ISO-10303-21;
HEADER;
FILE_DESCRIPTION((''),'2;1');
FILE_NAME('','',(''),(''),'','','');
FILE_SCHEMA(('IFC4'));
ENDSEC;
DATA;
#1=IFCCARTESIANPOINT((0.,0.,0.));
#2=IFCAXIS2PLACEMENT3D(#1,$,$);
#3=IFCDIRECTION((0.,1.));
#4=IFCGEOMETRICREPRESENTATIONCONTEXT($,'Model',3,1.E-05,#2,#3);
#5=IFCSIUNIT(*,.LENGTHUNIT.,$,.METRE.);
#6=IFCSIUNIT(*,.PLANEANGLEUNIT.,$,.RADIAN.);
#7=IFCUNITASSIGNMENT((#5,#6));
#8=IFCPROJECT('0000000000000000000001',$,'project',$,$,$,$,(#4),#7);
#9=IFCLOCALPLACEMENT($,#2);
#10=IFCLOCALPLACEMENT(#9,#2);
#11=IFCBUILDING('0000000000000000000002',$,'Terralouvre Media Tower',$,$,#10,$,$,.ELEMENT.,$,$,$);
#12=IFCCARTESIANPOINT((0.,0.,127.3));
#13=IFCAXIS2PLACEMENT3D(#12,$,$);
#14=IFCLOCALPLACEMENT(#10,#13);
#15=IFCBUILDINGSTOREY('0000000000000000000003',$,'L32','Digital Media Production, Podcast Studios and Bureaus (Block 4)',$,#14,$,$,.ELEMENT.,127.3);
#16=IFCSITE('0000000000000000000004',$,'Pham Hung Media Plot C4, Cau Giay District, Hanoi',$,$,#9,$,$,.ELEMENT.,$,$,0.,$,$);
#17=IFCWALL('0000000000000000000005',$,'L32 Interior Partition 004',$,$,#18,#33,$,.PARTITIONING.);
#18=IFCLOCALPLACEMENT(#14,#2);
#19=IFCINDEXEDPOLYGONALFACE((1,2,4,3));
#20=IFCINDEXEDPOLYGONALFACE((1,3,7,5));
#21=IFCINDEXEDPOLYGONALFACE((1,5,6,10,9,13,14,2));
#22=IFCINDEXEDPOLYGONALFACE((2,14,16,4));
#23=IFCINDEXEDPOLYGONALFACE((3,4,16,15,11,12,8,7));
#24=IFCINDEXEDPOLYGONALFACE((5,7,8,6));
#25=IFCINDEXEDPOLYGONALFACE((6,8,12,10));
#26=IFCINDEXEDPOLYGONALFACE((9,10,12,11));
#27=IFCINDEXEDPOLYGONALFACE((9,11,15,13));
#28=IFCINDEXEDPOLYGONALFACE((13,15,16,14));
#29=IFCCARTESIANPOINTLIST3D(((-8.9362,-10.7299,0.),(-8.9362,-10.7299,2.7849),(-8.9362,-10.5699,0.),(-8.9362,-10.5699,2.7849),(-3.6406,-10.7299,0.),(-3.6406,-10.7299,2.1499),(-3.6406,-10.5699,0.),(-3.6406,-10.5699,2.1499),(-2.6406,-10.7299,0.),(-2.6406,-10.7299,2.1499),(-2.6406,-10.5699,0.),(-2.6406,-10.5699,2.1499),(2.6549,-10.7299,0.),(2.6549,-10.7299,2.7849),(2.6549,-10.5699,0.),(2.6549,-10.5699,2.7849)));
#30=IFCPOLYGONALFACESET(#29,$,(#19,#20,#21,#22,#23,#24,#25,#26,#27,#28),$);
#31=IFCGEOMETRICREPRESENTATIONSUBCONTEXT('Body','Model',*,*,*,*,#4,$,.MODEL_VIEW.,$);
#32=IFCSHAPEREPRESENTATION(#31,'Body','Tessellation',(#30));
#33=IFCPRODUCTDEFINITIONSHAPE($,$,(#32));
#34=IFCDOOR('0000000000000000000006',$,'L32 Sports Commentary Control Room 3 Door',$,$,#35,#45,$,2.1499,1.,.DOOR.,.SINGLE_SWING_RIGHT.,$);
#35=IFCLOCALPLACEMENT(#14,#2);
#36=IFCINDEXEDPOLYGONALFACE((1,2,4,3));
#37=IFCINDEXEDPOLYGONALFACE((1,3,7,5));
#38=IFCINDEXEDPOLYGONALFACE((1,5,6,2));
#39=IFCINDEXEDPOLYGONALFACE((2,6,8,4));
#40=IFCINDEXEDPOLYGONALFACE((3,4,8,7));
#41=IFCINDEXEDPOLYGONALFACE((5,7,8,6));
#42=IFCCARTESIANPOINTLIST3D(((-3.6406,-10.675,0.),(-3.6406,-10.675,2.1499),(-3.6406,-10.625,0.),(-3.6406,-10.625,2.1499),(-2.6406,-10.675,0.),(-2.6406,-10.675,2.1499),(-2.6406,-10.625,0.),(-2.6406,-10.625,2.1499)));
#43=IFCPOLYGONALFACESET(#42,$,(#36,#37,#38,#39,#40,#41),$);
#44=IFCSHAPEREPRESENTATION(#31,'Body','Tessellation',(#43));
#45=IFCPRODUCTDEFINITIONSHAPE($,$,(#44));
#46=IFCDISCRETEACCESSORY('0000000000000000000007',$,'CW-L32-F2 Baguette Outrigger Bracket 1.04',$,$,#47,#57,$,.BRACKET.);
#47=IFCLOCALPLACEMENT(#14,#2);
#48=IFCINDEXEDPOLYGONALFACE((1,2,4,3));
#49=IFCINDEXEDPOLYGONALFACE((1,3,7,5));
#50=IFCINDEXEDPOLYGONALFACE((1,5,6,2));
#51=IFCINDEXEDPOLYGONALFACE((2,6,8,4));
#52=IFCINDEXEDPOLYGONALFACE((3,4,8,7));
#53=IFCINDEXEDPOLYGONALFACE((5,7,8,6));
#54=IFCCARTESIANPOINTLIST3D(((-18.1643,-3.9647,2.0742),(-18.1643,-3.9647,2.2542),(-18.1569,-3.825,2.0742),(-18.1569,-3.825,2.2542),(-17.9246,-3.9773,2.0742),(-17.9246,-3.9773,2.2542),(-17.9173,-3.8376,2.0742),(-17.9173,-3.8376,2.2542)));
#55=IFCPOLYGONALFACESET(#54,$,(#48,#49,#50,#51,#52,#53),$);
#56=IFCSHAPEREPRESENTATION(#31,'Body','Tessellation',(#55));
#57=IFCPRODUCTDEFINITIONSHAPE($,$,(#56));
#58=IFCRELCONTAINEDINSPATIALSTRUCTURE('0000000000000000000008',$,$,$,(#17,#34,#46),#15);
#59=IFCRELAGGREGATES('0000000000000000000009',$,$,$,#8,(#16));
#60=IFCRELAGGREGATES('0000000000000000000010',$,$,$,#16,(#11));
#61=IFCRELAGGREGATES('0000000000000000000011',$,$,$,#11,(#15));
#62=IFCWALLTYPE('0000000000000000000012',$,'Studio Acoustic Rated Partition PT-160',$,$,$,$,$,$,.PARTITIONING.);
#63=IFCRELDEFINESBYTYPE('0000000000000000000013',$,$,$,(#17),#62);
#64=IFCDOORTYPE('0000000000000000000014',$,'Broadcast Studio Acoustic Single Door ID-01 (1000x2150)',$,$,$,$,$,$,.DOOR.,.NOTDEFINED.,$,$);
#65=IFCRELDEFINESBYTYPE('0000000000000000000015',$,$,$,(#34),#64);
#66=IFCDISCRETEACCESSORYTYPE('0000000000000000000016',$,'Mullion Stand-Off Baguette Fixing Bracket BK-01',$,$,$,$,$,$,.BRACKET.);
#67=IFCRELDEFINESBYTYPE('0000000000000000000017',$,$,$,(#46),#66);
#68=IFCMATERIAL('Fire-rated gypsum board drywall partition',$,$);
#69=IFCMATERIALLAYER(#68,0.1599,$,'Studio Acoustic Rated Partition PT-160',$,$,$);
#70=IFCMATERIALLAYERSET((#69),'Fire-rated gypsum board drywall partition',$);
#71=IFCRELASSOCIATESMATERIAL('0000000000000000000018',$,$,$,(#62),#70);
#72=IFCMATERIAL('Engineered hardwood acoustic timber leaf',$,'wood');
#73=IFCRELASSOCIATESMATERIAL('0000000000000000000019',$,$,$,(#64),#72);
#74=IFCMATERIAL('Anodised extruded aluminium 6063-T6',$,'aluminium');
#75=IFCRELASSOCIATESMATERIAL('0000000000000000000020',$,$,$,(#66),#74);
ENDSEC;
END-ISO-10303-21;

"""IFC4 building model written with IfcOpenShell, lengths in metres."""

from ifc_helpers import new_model, si_unit, direction, frame, frame_2d, origin, origin_2d, place, context, subcontext, project, spatial, rectangle, extrude, material, layer, layer_set, type_object, element, fill, save


model = new_model("IFC4")

# Units and contexts
model_context = context("Model", 3, precision=1e-05, world=origin(), true_north=direction((0.0, 1.0)))
body_context = subcontext(model_context, "Body", "Model", "MODEL_VIEW")
ifc_project = project(units=[si_unit("LENGTHUNIT", "METRE"), si_unit("PLANEANGLEUNIT", "RADIAN")], contexts=[model_context])

# Site, building, storey
site_placement = place(None, origin())
site = spatial("IfcSite", under=ifc_project, at=site_placement, Name="Pham Hung Media Plot C4, Cau Giay District, Hanoi", CompositionType="ELEMENT", RefElevation=0.0)
building_placement = place(site_placement, origin())
building = spatial("IfcBuilding", under=site, at=building_placement, Name="Terralouvre Media Tower", CompositionType="ELEMENT")
storey_placement = place(building_placement, frame((0.0, 0.0, 127.3)))
storey = spatial("IfcBuildingStorey", under=building, at=storey_placement, Name="L32", Description="Digital Media Production, Podcast Studios and Bureaus (Block 4)", CompositionType="ELEMENT", Elevation=127.3)

# Wall, opening, door
ifc_material_1 = material(Name="Fire-rated gypsum board drywall partition")
ifc_layer_1 = layer(ifc_material_1, 0.1599, Name="Studio Acoustic Rated Partition PT-160")
ifc_layer_set_1 = layer_set([ifc_layer_1], Name="Fire-rated gypsum board drywall partition")
wall_type_1 = type_object("IfcWallType", Name="Studio Acoustic Rated Partition PT-160", PredefinedType="PARTITIONING", material=ifc_layer_set_1)
wall_1_placement = place(storey_placement, frame((-8.936, -10.6499, 0.0), z_axis=(0.0, 0.0, 1.0), x_axis=(1.0, 0.0, 0.0)))
wall_1 = element("IfcWall", 1, at=wall_1_placement, inside=storey, type_object=wall_type_1, Name="L32 Interior Partition 004", PredefinedType="PARTITIONING", context=body_context, shape_type="SweptSolid", body=[
    extrude(rectangle(XDim=11.5911, YDim=0.1599, at=frame_2d((5.7954, 0.0))), origin(), (0.0, 0.0, 1.0), 2.7849),
])
opening_1_placement = place(wall_1_placement, frame((5.2954, 0.0, 0.0)))
opening_1 = element("IfcOpeningElement", 2, at=opening_1_placement, cuts=wall_1, PredefinedType="OPENING", context=body_context, shape_type="SweptSolid", body=[
    extrude(rectangle(XDim=1.0, YDim=2.1499, at=frame_2d((0.5, 1.075))), frame((0.0, 0.0898, 0.0), z_axis=(0.0, -1.0, 0.0), x_axis=(1.0, 0.0, 0.0)), (0.0, 0.0, 1.0), 0.1799),
])
ifc_material_2 = material(Name="Engineered hardwood acoustic timber leaf", Category="wood")
door_type_1 = type_object("IfcDoorType", Name="Broadcast Studio Acoustic Single Door ID-01 (1000x2150)", OperationType="NOTDEFINED", PredefinedType="DOOR", material=ifc_material_2)
door_1_placement = place(opening_1_placement, origin())
door_1 = element("IfcDoor", 3, at=door_1_placement, inside=storey, type_object=door_type_1, Name="L32 Sports Commentary Control Room 3 Door", OperationType="SINGLE_SWING_RIGHT", OverallHeight=2.1499, OverallWidth=1.0, PredefinedType="DOOR", context=body_context, shape_type="SweptSolid", body=[
    extrude(rectangle(XDim=1.0, YDim=2.1499, at=frame_2d((0.5, 1.075))), frame((0.0, 0.0249, 0.0), z_axis=(0.0, -1.0, 0.0), x_axis=(1.0, 0.0, 0.0)), (0.0, 0.0, 1.0), 0.05),
])
fill(opening_1, door_1)

# Discrete accessory
ifc_material_3 = material(Name="Anodised extruded aluminium 6063-T6", Category="aluminium")
discrete_accessory_type = type_object("IfcDiscreteAccessoryType", Name="Mullion Stand-Off Baguette Fixing Bracket BK-01", PredefinedType="BRACKET", material=ifc_material_3)
discrete_accessory_placement = place(storey_placement, frame((-18.0408, -3.9011, 2.0742), z_axis=(0.0, 0.0, 1.0), x_axis=(-0.052336, -0.99863, 0.0)))
element("IfcDiscreteAccessory", 4, at=discrete_accessory_placement, inside=storey, type_object=discrete_accessory_type, Name="CW-L32-F2 Baguette Outrigger Bracket 1.04", PredefinedType="BRACKET", context=body_context, shape_type="SweptSolid", body=[
    extrude(rectangle(XDim=0.1399, YDim=0.24, at=origin_2d()), origin(), (0.0, 0.0, 1.0), 0.1799),
])

save(model, "model.ifc")
